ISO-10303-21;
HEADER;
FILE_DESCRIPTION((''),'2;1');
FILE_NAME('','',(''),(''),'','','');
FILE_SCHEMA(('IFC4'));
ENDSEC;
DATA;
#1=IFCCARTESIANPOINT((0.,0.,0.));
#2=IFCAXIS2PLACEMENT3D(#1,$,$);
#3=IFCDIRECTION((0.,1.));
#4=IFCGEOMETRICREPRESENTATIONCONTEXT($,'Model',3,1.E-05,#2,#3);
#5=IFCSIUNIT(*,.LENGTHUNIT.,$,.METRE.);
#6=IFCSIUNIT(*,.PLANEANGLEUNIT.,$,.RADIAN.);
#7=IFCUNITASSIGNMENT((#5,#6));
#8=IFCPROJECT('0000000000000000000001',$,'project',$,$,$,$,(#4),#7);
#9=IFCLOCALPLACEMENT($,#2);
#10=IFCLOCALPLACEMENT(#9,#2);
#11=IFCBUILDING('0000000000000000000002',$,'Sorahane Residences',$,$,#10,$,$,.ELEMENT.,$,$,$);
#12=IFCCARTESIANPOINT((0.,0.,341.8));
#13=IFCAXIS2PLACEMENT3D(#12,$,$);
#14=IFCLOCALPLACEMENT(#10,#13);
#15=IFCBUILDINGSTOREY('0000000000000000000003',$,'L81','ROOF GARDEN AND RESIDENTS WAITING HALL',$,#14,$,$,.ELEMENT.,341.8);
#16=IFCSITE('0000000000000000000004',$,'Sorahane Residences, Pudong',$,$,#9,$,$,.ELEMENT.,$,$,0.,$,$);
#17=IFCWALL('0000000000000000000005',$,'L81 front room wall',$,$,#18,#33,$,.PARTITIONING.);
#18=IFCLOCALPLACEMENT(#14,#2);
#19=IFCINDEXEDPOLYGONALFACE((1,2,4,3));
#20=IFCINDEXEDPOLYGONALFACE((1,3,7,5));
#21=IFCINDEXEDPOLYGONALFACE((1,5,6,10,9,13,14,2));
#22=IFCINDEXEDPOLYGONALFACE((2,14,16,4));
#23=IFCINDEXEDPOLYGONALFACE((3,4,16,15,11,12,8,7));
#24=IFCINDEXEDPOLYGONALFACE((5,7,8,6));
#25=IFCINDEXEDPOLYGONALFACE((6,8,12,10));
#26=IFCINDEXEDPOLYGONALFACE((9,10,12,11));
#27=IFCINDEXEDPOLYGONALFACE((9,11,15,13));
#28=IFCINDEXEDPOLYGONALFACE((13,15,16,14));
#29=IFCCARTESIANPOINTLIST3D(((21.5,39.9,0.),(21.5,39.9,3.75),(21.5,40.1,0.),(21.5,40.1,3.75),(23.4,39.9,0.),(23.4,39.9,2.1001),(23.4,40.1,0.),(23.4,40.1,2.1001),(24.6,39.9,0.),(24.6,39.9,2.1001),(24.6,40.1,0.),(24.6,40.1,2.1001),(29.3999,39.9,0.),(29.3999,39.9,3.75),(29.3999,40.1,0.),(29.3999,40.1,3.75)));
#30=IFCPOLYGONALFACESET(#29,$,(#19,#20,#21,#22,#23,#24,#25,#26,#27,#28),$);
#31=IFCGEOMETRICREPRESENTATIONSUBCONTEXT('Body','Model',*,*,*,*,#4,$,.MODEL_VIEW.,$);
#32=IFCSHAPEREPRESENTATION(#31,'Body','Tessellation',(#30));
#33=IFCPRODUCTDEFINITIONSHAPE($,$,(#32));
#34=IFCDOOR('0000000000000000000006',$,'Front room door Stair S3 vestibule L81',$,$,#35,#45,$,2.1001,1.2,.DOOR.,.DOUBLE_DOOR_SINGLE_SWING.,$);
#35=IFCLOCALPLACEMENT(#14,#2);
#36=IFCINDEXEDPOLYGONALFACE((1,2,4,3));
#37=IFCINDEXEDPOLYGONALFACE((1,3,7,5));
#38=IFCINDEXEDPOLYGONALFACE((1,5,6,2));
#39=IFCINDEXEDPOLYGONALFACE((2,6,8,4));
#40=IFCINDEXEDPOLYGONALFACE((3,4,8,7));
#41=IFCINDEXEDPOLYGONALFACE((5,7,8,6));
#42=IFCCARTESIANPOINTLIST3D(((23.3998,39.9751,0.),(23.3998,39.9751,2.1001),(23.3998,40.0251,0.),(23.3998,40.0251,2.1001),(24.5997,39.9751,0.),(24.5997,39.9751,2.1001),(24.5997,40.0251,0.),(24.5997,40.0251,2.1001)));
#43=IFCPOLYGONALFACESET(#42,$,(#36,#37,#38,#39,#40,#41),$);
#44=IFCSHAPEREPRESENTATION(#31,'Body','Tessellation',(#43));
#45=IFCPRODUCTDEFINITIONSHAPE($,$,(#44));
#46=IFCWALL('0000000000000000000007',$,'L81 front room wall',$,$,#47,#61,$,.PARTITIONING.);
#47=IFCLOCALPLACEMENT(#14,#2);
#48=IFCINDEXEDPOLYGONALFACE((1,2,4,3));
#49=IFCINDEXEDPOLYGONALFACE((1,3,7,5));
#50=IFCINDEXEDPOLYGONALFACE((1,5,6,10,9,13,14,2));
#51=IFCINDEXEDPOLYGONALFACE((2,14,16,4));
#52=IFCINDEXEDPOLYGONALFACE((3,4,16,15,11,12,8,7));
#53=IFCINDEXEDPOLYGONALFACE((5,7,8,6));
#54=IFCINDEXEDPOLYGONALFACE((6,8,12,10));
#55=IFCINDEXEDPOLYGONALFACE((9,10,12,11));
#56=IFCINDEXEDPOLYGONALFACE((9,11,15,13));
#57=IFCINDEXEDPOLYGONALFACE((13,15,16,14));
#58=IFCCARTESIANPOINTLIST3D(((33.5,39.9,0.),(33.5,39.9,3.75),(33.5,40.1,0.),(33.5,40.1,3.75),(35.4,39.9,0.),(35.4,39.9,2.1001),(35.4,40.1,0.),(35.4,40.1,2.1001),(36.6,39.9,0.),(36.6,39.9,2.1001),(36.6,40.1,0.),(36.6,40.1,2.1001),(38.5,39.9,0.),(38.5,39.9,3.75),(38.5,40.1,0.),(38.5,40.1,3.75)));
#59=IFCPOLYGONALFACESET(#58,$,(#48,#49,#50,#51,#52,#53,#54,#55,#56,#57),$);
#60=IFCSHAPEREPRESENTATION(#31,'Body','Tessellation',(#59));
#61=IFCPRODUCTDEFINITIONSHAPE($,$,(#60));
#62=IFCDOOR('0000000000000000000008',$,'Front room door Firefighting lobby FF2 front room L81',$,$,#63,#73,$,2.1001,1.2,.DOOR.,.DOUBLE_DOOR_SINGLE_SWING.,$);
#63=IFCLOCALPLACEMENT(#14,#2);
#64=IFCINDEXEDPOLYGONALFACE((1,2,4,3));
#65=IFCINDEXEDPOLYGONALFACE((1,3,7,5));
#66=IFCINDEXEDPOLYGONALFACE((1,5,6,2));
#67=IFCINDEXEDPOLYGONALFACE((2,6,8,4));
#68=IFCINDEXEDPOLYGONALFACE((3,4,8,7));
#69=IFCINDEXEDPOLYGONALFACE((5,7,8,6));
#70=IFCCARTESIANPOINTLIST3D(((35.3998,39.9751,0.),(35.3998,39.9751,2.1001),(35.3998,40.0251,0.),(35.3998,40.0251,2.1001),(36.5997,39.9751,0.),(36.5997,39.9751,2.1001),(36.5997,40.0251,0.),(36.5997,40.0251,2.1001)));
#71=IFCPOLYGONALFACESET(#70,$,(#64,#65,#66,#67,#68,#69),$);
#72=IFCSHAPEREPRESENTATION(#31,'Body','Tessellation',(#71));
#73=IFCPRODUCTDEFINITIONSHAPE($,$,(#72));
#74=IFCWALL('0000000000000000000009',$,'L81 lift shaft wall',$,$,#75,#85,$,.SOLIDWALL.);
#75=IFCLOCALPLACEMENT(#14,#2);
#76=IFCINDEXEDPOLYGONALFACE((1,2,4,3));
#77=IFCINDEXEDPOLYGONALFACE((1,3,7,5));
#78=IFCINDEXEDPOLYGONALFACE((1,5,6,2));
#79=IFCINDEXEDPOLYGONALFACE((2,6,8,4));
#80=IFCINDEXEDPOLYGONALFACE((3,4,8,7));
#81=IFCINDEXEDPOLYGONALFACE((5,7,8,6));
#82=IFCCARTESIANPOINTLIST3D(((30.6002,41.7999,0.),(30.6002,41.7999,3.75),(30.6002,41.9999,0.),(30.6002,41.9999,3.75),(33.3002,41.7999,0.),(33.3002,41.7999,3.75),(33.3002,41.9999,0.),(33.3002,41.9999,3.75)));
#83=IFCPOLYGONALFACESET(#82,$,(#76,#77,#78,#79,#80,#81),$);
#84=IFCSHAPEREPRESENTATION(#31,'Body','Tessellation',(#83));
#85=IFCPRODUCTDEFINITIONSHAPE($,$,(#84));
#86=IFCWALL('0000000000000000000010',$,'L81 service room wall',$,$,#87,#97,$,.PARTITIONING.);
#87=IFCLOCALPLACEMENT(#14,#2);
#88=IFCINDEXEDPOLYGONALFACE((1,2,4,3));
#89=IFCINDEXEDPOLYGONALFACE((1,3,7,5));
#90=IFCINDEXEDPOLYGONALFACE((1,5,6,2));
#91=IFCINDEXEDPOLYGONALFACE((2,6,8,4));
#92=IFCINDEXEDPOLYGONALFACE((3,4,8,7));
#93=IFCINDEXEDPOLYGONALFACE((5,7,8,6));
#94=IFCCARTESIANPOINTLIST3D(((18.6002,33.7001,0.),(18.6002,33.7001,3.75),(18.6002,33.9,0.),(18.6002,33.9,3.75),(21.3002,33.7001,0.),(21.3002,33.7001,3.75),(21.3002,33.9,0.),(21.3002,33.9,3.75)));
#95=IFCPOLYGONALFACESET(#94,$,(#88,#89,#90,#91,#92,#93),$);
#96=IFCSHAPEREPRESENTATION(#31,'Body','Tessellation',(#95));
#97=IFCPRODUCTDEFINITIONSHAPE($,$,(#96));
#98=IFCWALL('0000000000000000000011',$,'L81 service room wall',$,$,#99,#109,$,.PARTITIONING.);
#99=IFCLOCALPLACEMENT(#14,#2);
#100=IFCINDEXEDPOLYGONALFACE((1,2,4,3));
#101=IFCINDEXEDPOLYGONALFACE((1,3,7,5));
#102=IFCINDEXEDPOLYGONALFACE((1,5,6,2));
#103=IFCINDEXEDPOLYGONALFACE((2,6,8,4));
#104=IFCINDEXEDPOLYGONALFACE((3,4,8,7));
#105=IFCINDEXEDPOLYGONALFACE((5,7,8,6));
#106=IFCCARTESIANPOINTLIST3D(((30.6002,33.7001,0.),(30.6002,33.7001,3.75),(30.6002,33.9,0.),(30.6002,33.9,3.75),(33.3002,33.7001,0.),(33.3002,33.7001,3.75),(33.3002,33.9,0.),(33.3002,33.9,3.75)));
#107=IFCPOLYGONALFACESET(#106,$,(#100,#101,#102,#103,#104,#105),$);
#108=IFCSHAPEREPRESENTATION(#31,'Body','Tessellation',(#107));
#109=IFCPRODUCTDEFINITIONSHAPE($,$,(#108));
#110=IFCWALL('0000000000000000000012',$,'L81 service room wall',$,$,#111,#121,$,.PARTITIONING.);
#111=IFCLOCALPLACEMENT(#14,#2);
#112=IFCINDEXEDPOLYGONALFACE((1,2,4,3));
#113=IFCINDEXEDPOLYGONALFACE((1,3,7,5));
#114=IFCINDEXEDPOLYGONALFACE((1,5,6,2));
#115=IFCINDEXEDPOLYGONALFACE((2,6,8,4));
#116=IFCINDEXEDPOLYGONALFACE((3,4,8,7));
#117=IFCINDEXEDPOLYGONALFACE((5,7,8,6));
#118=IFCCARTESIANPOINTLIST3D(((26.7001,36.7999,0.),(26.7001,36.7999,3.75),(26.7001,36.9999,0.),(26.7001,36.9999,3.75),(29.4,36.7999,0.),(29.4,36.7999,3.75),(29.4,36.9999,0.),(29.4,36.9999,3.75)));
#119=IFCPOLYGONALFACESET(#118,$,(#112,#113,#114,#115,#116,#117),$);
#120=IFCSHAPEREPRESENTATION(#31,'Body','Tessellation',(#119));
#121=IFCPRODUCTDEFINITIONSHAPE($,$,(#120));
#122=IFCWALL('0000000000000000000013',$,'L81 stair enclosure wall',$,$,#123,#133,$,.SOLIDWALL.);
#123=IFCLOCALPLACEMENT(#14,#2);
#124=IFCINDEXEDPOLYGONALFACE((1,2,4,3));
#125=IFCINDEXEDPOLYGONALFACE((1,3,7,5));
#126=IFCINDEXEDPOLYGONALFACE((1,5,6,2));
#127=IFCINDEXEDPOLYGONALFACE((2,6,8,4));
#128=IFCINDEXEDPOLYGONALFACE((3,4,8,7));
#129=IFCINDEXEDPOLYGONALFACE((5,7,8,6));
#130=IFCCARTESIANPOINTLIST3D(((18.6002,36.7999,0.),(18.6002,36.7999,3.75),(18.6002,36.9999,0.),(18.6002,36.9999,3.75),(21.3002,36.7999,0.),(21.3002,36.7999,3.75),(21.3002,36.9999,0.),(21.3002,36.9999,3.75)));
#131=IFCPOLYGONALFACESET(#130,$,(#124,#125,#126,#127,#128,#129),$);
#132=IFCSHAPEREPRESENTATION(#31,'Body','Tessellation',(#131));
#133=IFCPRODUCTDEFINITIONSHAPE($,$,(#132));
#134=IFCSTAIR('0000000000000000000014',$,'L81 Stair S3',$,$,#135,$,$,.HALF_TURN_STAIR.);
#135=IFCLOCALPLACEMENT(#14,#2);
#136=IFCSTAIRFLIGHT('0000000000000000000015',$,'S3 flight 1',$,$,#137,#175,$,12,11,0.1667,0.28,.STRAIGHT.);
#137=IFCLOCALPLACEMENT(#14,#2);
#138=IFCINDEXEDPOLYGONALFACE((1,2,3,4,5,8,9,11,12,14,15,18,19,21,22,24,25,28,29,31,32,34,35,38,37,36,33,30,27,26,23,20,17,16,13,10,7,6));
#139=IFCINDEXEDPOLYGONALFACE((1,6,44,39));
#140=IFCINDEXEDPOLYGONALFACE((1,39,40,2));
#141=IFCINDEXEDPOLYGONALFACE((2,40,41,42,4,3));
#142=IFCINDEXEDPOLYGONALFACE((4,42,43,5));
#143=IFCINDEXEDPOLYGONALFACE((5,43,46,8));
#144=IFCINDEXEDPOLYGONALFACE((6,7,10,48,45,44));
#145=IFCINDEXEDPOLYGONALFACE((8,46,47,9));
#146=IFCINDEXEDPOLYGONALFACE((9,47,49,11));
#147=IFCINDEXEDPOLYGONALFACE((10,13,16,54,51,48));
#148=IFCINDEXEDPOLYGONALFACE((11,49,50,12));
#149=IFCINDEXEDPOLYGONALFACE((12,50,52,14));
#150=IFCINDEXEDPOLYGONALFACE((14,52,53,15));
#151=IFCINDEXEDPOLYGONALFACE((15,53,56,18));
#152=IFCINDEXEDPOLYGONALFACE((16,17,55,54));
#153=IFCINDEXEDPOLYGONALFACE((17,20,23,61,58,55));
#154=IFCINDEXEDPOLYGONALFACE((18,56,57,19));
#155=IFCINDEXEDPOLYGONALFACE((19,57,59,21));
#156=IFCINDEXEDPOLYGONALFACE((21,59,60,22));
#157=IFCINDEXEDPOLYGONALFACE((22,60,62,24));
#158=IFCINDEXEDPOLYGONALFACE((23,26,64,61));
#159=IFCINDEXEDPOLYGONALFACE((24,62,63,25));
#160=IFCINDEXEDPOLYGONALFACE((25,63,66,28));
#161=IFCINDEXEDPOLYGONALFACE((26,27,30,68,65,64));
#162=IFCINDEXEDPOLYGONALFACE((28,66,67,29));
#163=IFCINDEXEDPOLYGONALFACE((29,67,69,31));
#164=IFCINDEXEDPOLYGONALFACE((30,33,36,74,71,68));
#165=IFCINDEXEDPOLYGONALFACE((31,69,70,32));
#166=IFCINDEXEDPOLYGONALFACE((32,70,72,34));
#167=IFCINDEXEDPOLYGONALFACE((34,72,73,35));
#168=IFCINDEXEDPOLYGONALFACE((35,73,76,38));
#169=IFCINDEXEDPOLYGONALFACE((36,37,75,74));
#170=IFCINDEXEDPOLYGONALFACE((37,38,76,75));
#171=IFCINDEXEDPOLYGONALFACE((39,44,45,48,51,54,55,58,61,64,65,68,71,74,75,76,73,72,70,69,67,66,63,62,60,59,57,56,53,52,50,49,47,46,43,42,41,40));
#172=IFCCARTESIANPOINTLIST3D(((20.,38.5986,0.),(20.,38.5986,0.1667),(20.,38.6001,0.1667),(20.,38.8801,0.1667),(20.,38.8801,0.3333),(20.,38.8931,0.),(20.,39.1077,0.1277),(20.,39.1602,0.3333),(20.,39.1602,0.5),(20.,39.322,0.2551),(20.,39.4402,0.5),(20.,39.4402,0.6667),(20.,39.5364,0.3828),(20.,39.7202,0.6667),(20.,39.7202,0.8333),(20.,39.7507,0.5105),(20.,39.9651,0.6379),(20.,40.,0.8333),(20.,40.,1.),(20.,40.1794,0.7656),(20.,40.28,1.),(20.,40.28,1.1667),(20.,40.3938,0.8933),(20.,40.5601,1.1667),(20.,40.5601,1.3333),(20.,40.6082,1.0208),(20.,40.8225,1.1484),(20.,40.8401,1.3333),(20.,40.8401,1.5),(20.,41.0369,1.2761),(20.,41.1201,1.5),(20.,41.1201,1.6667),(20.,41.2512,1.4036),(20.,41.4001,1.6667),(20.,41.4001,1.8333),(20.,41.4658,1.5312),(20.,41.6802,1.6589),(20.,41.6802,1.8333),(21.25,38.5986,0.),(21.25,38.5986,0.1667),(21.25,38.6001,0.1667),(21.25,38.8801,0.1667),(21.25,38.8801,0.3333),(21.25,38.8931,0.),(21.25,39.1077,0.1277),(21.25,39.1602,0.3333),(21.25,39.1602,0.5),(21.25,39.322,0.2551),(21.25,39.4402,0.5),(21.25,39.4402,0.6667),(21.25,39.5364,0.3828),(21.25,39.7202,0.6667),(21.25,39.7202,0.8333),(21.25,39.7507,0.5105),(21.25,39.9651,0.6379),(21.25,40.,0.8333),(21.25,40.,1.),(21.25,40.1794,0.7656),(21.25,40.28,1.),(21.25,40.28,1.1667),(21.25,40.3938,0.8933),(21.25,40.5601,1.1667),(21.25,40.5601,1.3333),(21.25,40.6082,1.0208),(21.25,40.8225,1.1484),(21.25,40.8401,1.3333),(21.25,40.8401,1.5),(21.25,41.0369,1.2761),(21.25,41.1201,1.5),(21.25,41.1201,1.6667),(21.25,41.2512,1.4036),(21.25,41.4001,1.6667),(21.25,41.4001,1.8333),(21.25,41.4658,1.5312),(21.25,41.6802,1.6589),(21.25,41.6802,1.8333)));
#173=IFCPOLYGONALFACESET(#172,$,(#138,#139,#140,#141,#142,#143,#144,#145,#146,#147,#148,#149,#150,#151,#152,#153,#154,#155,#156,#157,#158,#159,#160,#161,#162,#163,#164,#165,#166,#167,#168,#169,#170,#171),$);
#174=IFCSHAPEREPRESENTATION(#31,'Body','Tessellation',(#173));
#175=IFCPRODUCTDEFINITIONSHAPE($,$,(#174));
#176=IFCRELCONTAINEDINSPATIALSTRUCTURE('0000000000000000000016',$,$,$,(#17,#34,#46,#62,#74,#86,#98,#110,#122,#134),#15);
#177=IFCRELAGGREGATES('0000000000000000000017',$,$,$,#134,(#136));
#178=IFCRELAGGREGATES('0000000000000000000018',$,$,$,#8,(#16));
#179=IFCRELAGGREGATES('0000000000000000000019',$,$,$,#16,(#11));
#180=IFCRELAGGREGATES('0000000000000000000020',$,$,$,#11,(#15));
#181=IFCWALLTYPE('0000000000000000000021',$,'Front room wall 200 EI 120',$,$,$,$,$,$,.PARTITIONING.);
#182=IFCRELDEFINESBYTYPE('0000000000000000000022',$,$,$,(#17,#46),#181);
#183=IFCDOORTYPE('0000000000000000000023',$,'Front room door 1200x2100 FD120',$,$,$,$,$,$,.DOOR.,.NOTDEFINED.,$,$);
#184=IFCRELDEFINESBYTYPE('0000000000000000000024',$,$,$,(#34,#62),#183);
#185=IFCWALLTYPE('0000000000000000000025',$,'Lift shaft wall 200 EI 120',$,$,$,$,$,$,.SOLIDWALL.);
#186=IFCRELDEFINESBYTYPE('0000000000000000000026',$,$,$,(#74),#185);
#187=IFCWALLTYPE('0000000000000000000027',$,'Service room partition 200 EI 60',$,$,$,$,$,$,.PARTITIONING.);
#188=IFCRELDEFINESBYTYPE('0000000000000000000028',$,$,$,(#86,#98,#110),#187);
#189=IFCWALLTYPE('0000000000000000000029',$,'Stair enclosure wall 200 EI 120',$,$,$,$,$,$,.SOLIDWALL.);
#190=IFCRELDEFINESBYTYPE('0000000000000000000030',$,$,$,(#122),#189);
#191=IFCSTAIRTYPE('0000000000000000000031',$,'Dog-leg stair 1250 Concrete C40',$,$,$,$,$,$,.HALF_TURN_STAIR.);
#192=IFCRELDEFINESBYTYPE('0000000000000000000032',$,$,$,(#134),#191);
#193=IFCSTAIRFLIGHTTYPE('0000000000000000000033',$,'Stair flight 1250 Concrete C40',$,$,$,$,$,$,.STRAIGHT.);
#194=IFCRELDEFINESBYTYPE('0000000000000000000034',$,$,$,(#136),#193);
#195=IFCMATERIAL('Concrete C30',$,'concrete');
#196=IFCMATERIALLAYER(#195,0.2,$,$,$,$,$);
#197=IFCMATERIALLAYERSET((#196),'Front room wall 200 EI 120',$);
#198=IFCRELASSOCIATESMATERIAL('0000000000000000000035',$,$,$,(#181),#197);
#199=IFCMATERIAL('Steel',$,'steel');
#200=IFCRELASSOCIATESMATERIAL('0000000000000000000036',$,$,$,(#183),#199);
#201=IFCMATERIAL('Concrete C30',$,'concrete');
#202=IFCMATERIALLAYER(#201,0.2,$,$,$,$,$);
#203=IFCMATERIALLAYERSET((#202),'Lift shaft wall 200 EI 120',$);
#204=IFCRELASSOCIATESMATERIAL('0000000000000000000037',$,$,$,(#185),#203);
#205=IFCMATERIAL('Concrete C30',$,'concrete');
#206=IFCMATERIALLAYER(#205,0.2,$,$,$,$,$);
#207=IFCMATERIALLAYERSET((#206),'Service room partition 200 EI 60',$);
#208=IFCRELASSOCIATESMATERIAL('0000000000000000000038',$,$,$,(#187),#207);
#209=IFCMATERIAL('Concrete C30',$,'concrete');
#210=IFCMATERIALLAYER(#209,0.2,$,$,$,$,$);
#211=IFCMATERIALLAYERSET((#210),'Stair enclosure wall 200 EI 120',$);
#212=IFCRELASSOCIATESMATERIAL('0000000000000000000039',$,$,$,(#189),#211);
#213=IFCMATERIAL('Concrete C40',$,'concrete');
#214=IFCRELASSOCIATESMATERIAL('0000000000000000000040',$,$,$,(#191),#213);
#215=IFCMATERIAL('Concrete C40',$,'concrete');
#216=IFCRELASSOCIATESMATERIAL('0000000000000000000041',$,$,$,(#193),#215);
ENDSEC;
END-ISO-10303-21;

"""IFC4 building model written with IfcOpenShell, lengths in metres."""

from ifc_helpers import new_model, si_unit, direction, frame, frame_2d, origin, place, context, subcontext, project, spatial, polyline, rectangle, outline, extrude, material, layer, layer_set, type_object, element, fill, aggregate, save


model = new_model("IFC4")

# Units and contexts
model_context = context("Model", 3, precision=1e-05, world=origin(), true_north=direction((0.0, 1.0)))
body_context = subcontext(model_context, "Body", "Model", "MODEL_VIEW")
ifc_project = project(units=[si_unit("LENGTHUNIT", "METRE"), si_unit("PLANEANGLEUNIT", "RADIAN")], contexts=[model_context])

# Site, building, storey
site_placement = place(None, origin())
site = spatial("IfcSite", under=ifc_project, at=site_placement, Name="Sorahane Residences, Pudong", CompositionType="ELEMENT", RefElevation=0.0)
building_placement = place(site_placement, origin())
building = spatial("IfcBuilding", under=site, at=building_placement, Name="Sorahane Residences", CompositionType="ELEMENT")
storey_placement = place(building_placement, frame((0.0, 0.0, 341.8)))
storey = spatial("IfcBuildingStorey", under=building, at=storey_placement, Name="L81", Description="ROOF GARDEN AND RESIDENTS WAITING HALL", CompositionType="ELEMENT", Elevation=341.8)

# Walls, openings, doors
ifc_material_1 = material(Name="Concrete C30", Category="concrete")
ifc_layer_1 = layer(ifc_material_1, 0.2)
ifc_layer_set_1 = layer_set([ifc_layer_1], Name="Front room wall 200 EI 120")
wall_type_1 = type_object("IfcWallType", Name="Front room wall 200 EI 120", PredefinedType="PARTITIONING", material=ifc_layer_set_1)
wall_1_placement = place(storey_placement, frame((21.5, 40.0, 0.0), z_axis=(0.0, 0.0, 1.0), x_axis=(1.0, 0.0, 0.0)))
wall_1 = element("IfcWall", 1, at=wall_1_placement, inside=storey, type_object=wall_type_1, Name="L81 front room wall", PredefinedType="PARTITIONING", context=body_context, shape_type="SweptSolid", body=[
    extrude(rectangle(XDim=7.8999, YDim=0.2, at=frame_2d((3.95, 0.0))), origin(), (0.0, 0.0, 1.0), 3.75),
])
opening_1_placement = place(wall_1_placement, frame((1.8999, 0.0, 0.0)))
opening_1 = element("IfcOpeningElement", 2, at=opening_1_placement, cuts=wall_1, PredefinedType="OPENING", context=body_context, shape_type="SweptSolid", body=[
    extrude(rectangle(XDim=1.2, YDim=2.1001, at=frame_2d((0.6001, 1.05))), frame((0.0, 0.1099, 0.0), z_axis=(0.0, -1.0, 0.0), x_axis=(1.0, 0.0, 0.0)), (0.0, 0.0, 1.0), 0.22),
])
ifc_material_2 = material(Name="Steel", Category="steel")
door_type = type_object("IfcDoorType", Name="Front room door 1200x2100 FD120", OperationType="NOTDEFINED", PredefinedType="DOOR", material=ifc_material_2)
door_1_placement = place(opening_1_placement, frame((1.2, 0.0, 0.0), z_axis=(0.0, 0.0, 1.0), x_axis=(-1.0, 0.0, 0.0)))
door_1 = element("IfcDoor", 3, at=door_1_placement, inside=storey, type_object=door_type, Name="Front room door Stair S3 vestibule L81", OperationType="DOUBLE_DOOR_SINGLE_SWING", OverallHeight=2.1001, OverallWidth=1.2, PredefinedType="DOOR", context=body_context, shape_type="SweptSolid", body=[
    extrude(rectangle(XDim=1.2, YDim=2.1001, at=frame_2d((0.6001, 1.05))), frame((0.0, 0.0249, 0.0), z_axis=(0.0, -1.0, 0.0), x_axis=(1.0, 0.0, 0.0)), (0.0, 0.0, 1.0), 0.05),
])
fill(opening_1, door_1)
wall_2_placement = place(storey_placement, frame((33.5, 40.0, 0.0), z_axis=(0.0, 0.0, 1.0), x_axis=(1.0, 0.0, 0.0)))
wall_2 = element("IfcWall", 4, at=wall_2_placement, inside=storey, type_object=wall_type_1, Name="L81 front room wall", PredefinedType="PARTITIONING", context=body_context, shape_type="SweptSolid", body=[
    extrude(rectangle(XDim=5.0, YDim=0.2, at=frame_2d((2.5, 0.0))), origin(), (0.0, 0.0, 1.0), 3.75),
])
opening_2_placement = place(wall_2_placement, frame((1.8999, 0.0, 0.0)))
opening_2 = element("IfcOpeningElement", 5, at=opening_2_placement, cuts=wall_2, PredefinedType="OPENING", context=body_context, shape_type="SweptSolid", body=[
    extrude(rectangle(XDim=1.2, YDim=2.1001, at=frame_2d((0.6001, 1.05))), frame((0.0, 0.1099, 0.0), z_axis=(0.0, -1.0, 0.0), x_axis=(1.0, 0.0, 0.0)), (0.0, 0.0, 1.0), 0.22),
])
door_2_placement = place(opening_2_placement, frame((1.2, 0.0, 0.0), z_axis=(0.0, 0.0, 1.0), x_axis=(-1.0, 0.0, 0.0)))
door_2 = element("IfcDoor", 6, at=door_2_placement, inside=storey, type_object=door_type, Name="Front room door Firefighting lobby FF2 front room L81", OperationType="DOUBLE_DOOR_SINGLE_SWING", OverallHeight=2.1001, OverallWidth=1.2, PredefinedType="DOOR", context=body_context, shape_type="SweptSolid", body=[
    extrude(rectangle(XDim=1.2, YDim=2.1001, at=frame_2d((0.6001, 1.05))), frame((0.0, 0.0249, 0.0), z_axis=(0.0, -1.0, 0.0), x_axis=(1.0, 0.0, 0.0)), (0.0, 0.0, 1.0), 0.05),
])
fill(opening_2, door_2)

# Walls
ifc_material_3 = material(Name="Concrete C30", Category="concrete")
ifc_layer_2 = layer(ifc_material_3, 0.2)
ifc_layer_set_2 = layer_set([ifc_layer_2], Name="Lift shaft wall 200 EI 120")
wall_type_2 = type_object("IfcWallType", Name="Lift shaft wall 200 EI 120", PredefinedType="SOLIDWALL", material=ifc_layer_set_2)
wall_3_placement = place(storey_placement, frame((30.6001, 41.8999, 0.0), z_axis=(0.0, 0.0, 1.0), x_axis=(1.0, 0.0, 0.0)))
element("IfcWall", 7, at=wall_3_placement, inside=storey, type_object=wall_type_2, Name="L81 lift shaft wall", PredefinedType="SOLIDWALL", context=body_context, shape_type="SweptSolid", body=[
    extrude(rectangle(XDim=2.7, YDim=0.2, at=frame_2d((1.3501, 0.0))), origin(), (0.0, 0.0, 1.0), 3.75),
])
ifc_material_4 = material(Name="Concrete C30", Category="concrete")
ifc_layer_3 = layer(ifc_material_4, 0.2)
ifc_layer_set_3 = layer_set([ifc_layer_3], Name="Service room partition 200 EI 60")
wall_type_3 = type_object("IfcWallType", Name="Service room partition 200 EI 60", PredefinedType="PARTITIONING", material=ifc_layer_set_3)
for number, where, z_axis, x_axis, name in (
    (8, (18.6001, 33.8, 0.0), (0.0, 0.0, 1.0), (1.0, 0.0, 0.0), "L81 service room wall"),
    (9, (30.6001, 33.8, 0.0), (0.0, 0.0, 1.0), (1.0, 0.0, 0.0), "L81 service room wall"),
    (10, (26.7, 36.8999, 0.0), (0.0, 0.0, 1.0), (1.0, 0.0, 0.0), "L81 service room wall"),
):
    element("IfcWall", number, at=place(storey_placement, frame(where, z_axis=z_axis, x_axis=x_axis)), inside=storey, type_object=wall_type_3, Name=name, PredefinedType="PARTITIONING", context=body_context, shape_type="SweptSolid", body=[
        extrude(rectangle(XDim=2.7, YDim=0.2, at=frame_2d((1.3501, 0.0))), origin(), (0.0, 0.0, 1.0), 3.75),
    ])
ifc_material_5 = material(Name="Concrete C30", Category="concrete")
ifc_layer_4 = layer(ifc_material_5, 0.2)
ifc_layer_set_4 = layer_set([ifc_layer_4], Name="Stair enclosure wall 200 EI 120")
wall_type_4 = type_object("IfcWallType", Name="Stair enclosure wall 200 EI 120", PredefinedType="SOLIDWALL", material=ifc_layer_set_4)
wall_4_placement = place(storey_placement, frame((18.6001, 36.8999, 0.0), z_axis=(0.0, 0.0, 1.0), x_axis=(1.0, 0.0, 0.0)))
element("IfcWall", 11, at=wall_4_placement, inside=storey, type_object=wall_type_4, Name="L81 stair enclosure wall", PredefinedType="SOLIDWALL", context=body_context, shape_type="SweptSolid", body=[
    extrude(rectangle(XDim=2.7, YDim=0.2, at=frame_2d((1.3501, 0.0))), origin(), (0.0, 0.0, 1.0), 3.75),
])

# Stair, stair flight
ifc_material_6 = material(Name="Concrete C40", Category="concrete")
stair_type = type_object("IfcStairType", Name="Dog-leg stair 1250 Concrete C40", PredefinedType="HALF_TURN_STAIR", material=ifc_material_6)
stair_placement = place(storey_placement, origin())
stair = element("IfcStair", 12, at=stair_placement, inside=storey, type_object=stair_type, Name="L81 Stair S3", PredefinedType="HALF_TURN_STAIR")
ifc_material_7 = material(Name="Concrete C40", Category="concrete")
stair_flight_type = type_object("IfcStairFlightType", Name="Stair flight 1250 Concrete C40", PredefinedType="STRAIGHT", material=ifc_material_7)
stair_flight_1_placement = place(storey_placement, frame((20.625, 38.6001, 0.0), z_axis=(0.0, 0.0, 1.0), x_axis=(0.0, 1.0, 0.0)))
stair_flight_1 = element("IfcStairFlight", 13, at=stair_flight_1_placement, type_object=stair_flight_type, Name="S3 flight 1", NumberOfRisers=12, NumberOfTreads=11, PredefinedType="STRAIGHT", RiserHeight=0.1667, TreadLength=0.28, context=body_context, shape_type="SweptSolid", body=[
    extrude(outline(polyline([(-0.0015, 0.0), (-0.0015, 0.1667), (0.0, 0.1667), (0.28, 0.1667), (0.28, 0.3333), (0.5601, 0.3333), (0.5601, 0.5), (0.8401, 0.5), (0.8401, 0.6667), (1.1201, 0.6667), (1.1201, 0.8333), (1.3999, 0.8333), (1.3999, 1.0), (1.6799, 1.0), (1.6799, 1.1667), (1.96, 1.1667), (1.96, 1.3333), (2.24, 1.3333), (2.24, 1.5), (2.52, 1.5), (2.52, 1.6667), (2.8, 1.6667), (2.8, 1.8333), (3.0801, 1.8333), (3.0801, 2.0), (3.0801, 1.6589), (2.8657, 1.5312), (2.6511, 1.4036), (2.4368, 1.2761), (2.2224, 1.1484), (2.0081, 1.0208), (1.7937, 0.8933), (1.5793, 0.7656), (1.365, 0.6379), (1.1506, 0.5105), (0.9363, 0.3828), (0.7219, 0.2551), (0.5076, 0.1277), (0.293, 0.0), (-0.0015, 0.0)])), frame((0.0, 0.625, 0.0), z_axis=(0.0, -1.0, 0.0), x_axis=(1.0, 0.0, 0.0)), (0.0, 0.0, 1.0), 1.25),
])
aggregate(stair, [stair_flight_1])

save(model, "model.ifc")
